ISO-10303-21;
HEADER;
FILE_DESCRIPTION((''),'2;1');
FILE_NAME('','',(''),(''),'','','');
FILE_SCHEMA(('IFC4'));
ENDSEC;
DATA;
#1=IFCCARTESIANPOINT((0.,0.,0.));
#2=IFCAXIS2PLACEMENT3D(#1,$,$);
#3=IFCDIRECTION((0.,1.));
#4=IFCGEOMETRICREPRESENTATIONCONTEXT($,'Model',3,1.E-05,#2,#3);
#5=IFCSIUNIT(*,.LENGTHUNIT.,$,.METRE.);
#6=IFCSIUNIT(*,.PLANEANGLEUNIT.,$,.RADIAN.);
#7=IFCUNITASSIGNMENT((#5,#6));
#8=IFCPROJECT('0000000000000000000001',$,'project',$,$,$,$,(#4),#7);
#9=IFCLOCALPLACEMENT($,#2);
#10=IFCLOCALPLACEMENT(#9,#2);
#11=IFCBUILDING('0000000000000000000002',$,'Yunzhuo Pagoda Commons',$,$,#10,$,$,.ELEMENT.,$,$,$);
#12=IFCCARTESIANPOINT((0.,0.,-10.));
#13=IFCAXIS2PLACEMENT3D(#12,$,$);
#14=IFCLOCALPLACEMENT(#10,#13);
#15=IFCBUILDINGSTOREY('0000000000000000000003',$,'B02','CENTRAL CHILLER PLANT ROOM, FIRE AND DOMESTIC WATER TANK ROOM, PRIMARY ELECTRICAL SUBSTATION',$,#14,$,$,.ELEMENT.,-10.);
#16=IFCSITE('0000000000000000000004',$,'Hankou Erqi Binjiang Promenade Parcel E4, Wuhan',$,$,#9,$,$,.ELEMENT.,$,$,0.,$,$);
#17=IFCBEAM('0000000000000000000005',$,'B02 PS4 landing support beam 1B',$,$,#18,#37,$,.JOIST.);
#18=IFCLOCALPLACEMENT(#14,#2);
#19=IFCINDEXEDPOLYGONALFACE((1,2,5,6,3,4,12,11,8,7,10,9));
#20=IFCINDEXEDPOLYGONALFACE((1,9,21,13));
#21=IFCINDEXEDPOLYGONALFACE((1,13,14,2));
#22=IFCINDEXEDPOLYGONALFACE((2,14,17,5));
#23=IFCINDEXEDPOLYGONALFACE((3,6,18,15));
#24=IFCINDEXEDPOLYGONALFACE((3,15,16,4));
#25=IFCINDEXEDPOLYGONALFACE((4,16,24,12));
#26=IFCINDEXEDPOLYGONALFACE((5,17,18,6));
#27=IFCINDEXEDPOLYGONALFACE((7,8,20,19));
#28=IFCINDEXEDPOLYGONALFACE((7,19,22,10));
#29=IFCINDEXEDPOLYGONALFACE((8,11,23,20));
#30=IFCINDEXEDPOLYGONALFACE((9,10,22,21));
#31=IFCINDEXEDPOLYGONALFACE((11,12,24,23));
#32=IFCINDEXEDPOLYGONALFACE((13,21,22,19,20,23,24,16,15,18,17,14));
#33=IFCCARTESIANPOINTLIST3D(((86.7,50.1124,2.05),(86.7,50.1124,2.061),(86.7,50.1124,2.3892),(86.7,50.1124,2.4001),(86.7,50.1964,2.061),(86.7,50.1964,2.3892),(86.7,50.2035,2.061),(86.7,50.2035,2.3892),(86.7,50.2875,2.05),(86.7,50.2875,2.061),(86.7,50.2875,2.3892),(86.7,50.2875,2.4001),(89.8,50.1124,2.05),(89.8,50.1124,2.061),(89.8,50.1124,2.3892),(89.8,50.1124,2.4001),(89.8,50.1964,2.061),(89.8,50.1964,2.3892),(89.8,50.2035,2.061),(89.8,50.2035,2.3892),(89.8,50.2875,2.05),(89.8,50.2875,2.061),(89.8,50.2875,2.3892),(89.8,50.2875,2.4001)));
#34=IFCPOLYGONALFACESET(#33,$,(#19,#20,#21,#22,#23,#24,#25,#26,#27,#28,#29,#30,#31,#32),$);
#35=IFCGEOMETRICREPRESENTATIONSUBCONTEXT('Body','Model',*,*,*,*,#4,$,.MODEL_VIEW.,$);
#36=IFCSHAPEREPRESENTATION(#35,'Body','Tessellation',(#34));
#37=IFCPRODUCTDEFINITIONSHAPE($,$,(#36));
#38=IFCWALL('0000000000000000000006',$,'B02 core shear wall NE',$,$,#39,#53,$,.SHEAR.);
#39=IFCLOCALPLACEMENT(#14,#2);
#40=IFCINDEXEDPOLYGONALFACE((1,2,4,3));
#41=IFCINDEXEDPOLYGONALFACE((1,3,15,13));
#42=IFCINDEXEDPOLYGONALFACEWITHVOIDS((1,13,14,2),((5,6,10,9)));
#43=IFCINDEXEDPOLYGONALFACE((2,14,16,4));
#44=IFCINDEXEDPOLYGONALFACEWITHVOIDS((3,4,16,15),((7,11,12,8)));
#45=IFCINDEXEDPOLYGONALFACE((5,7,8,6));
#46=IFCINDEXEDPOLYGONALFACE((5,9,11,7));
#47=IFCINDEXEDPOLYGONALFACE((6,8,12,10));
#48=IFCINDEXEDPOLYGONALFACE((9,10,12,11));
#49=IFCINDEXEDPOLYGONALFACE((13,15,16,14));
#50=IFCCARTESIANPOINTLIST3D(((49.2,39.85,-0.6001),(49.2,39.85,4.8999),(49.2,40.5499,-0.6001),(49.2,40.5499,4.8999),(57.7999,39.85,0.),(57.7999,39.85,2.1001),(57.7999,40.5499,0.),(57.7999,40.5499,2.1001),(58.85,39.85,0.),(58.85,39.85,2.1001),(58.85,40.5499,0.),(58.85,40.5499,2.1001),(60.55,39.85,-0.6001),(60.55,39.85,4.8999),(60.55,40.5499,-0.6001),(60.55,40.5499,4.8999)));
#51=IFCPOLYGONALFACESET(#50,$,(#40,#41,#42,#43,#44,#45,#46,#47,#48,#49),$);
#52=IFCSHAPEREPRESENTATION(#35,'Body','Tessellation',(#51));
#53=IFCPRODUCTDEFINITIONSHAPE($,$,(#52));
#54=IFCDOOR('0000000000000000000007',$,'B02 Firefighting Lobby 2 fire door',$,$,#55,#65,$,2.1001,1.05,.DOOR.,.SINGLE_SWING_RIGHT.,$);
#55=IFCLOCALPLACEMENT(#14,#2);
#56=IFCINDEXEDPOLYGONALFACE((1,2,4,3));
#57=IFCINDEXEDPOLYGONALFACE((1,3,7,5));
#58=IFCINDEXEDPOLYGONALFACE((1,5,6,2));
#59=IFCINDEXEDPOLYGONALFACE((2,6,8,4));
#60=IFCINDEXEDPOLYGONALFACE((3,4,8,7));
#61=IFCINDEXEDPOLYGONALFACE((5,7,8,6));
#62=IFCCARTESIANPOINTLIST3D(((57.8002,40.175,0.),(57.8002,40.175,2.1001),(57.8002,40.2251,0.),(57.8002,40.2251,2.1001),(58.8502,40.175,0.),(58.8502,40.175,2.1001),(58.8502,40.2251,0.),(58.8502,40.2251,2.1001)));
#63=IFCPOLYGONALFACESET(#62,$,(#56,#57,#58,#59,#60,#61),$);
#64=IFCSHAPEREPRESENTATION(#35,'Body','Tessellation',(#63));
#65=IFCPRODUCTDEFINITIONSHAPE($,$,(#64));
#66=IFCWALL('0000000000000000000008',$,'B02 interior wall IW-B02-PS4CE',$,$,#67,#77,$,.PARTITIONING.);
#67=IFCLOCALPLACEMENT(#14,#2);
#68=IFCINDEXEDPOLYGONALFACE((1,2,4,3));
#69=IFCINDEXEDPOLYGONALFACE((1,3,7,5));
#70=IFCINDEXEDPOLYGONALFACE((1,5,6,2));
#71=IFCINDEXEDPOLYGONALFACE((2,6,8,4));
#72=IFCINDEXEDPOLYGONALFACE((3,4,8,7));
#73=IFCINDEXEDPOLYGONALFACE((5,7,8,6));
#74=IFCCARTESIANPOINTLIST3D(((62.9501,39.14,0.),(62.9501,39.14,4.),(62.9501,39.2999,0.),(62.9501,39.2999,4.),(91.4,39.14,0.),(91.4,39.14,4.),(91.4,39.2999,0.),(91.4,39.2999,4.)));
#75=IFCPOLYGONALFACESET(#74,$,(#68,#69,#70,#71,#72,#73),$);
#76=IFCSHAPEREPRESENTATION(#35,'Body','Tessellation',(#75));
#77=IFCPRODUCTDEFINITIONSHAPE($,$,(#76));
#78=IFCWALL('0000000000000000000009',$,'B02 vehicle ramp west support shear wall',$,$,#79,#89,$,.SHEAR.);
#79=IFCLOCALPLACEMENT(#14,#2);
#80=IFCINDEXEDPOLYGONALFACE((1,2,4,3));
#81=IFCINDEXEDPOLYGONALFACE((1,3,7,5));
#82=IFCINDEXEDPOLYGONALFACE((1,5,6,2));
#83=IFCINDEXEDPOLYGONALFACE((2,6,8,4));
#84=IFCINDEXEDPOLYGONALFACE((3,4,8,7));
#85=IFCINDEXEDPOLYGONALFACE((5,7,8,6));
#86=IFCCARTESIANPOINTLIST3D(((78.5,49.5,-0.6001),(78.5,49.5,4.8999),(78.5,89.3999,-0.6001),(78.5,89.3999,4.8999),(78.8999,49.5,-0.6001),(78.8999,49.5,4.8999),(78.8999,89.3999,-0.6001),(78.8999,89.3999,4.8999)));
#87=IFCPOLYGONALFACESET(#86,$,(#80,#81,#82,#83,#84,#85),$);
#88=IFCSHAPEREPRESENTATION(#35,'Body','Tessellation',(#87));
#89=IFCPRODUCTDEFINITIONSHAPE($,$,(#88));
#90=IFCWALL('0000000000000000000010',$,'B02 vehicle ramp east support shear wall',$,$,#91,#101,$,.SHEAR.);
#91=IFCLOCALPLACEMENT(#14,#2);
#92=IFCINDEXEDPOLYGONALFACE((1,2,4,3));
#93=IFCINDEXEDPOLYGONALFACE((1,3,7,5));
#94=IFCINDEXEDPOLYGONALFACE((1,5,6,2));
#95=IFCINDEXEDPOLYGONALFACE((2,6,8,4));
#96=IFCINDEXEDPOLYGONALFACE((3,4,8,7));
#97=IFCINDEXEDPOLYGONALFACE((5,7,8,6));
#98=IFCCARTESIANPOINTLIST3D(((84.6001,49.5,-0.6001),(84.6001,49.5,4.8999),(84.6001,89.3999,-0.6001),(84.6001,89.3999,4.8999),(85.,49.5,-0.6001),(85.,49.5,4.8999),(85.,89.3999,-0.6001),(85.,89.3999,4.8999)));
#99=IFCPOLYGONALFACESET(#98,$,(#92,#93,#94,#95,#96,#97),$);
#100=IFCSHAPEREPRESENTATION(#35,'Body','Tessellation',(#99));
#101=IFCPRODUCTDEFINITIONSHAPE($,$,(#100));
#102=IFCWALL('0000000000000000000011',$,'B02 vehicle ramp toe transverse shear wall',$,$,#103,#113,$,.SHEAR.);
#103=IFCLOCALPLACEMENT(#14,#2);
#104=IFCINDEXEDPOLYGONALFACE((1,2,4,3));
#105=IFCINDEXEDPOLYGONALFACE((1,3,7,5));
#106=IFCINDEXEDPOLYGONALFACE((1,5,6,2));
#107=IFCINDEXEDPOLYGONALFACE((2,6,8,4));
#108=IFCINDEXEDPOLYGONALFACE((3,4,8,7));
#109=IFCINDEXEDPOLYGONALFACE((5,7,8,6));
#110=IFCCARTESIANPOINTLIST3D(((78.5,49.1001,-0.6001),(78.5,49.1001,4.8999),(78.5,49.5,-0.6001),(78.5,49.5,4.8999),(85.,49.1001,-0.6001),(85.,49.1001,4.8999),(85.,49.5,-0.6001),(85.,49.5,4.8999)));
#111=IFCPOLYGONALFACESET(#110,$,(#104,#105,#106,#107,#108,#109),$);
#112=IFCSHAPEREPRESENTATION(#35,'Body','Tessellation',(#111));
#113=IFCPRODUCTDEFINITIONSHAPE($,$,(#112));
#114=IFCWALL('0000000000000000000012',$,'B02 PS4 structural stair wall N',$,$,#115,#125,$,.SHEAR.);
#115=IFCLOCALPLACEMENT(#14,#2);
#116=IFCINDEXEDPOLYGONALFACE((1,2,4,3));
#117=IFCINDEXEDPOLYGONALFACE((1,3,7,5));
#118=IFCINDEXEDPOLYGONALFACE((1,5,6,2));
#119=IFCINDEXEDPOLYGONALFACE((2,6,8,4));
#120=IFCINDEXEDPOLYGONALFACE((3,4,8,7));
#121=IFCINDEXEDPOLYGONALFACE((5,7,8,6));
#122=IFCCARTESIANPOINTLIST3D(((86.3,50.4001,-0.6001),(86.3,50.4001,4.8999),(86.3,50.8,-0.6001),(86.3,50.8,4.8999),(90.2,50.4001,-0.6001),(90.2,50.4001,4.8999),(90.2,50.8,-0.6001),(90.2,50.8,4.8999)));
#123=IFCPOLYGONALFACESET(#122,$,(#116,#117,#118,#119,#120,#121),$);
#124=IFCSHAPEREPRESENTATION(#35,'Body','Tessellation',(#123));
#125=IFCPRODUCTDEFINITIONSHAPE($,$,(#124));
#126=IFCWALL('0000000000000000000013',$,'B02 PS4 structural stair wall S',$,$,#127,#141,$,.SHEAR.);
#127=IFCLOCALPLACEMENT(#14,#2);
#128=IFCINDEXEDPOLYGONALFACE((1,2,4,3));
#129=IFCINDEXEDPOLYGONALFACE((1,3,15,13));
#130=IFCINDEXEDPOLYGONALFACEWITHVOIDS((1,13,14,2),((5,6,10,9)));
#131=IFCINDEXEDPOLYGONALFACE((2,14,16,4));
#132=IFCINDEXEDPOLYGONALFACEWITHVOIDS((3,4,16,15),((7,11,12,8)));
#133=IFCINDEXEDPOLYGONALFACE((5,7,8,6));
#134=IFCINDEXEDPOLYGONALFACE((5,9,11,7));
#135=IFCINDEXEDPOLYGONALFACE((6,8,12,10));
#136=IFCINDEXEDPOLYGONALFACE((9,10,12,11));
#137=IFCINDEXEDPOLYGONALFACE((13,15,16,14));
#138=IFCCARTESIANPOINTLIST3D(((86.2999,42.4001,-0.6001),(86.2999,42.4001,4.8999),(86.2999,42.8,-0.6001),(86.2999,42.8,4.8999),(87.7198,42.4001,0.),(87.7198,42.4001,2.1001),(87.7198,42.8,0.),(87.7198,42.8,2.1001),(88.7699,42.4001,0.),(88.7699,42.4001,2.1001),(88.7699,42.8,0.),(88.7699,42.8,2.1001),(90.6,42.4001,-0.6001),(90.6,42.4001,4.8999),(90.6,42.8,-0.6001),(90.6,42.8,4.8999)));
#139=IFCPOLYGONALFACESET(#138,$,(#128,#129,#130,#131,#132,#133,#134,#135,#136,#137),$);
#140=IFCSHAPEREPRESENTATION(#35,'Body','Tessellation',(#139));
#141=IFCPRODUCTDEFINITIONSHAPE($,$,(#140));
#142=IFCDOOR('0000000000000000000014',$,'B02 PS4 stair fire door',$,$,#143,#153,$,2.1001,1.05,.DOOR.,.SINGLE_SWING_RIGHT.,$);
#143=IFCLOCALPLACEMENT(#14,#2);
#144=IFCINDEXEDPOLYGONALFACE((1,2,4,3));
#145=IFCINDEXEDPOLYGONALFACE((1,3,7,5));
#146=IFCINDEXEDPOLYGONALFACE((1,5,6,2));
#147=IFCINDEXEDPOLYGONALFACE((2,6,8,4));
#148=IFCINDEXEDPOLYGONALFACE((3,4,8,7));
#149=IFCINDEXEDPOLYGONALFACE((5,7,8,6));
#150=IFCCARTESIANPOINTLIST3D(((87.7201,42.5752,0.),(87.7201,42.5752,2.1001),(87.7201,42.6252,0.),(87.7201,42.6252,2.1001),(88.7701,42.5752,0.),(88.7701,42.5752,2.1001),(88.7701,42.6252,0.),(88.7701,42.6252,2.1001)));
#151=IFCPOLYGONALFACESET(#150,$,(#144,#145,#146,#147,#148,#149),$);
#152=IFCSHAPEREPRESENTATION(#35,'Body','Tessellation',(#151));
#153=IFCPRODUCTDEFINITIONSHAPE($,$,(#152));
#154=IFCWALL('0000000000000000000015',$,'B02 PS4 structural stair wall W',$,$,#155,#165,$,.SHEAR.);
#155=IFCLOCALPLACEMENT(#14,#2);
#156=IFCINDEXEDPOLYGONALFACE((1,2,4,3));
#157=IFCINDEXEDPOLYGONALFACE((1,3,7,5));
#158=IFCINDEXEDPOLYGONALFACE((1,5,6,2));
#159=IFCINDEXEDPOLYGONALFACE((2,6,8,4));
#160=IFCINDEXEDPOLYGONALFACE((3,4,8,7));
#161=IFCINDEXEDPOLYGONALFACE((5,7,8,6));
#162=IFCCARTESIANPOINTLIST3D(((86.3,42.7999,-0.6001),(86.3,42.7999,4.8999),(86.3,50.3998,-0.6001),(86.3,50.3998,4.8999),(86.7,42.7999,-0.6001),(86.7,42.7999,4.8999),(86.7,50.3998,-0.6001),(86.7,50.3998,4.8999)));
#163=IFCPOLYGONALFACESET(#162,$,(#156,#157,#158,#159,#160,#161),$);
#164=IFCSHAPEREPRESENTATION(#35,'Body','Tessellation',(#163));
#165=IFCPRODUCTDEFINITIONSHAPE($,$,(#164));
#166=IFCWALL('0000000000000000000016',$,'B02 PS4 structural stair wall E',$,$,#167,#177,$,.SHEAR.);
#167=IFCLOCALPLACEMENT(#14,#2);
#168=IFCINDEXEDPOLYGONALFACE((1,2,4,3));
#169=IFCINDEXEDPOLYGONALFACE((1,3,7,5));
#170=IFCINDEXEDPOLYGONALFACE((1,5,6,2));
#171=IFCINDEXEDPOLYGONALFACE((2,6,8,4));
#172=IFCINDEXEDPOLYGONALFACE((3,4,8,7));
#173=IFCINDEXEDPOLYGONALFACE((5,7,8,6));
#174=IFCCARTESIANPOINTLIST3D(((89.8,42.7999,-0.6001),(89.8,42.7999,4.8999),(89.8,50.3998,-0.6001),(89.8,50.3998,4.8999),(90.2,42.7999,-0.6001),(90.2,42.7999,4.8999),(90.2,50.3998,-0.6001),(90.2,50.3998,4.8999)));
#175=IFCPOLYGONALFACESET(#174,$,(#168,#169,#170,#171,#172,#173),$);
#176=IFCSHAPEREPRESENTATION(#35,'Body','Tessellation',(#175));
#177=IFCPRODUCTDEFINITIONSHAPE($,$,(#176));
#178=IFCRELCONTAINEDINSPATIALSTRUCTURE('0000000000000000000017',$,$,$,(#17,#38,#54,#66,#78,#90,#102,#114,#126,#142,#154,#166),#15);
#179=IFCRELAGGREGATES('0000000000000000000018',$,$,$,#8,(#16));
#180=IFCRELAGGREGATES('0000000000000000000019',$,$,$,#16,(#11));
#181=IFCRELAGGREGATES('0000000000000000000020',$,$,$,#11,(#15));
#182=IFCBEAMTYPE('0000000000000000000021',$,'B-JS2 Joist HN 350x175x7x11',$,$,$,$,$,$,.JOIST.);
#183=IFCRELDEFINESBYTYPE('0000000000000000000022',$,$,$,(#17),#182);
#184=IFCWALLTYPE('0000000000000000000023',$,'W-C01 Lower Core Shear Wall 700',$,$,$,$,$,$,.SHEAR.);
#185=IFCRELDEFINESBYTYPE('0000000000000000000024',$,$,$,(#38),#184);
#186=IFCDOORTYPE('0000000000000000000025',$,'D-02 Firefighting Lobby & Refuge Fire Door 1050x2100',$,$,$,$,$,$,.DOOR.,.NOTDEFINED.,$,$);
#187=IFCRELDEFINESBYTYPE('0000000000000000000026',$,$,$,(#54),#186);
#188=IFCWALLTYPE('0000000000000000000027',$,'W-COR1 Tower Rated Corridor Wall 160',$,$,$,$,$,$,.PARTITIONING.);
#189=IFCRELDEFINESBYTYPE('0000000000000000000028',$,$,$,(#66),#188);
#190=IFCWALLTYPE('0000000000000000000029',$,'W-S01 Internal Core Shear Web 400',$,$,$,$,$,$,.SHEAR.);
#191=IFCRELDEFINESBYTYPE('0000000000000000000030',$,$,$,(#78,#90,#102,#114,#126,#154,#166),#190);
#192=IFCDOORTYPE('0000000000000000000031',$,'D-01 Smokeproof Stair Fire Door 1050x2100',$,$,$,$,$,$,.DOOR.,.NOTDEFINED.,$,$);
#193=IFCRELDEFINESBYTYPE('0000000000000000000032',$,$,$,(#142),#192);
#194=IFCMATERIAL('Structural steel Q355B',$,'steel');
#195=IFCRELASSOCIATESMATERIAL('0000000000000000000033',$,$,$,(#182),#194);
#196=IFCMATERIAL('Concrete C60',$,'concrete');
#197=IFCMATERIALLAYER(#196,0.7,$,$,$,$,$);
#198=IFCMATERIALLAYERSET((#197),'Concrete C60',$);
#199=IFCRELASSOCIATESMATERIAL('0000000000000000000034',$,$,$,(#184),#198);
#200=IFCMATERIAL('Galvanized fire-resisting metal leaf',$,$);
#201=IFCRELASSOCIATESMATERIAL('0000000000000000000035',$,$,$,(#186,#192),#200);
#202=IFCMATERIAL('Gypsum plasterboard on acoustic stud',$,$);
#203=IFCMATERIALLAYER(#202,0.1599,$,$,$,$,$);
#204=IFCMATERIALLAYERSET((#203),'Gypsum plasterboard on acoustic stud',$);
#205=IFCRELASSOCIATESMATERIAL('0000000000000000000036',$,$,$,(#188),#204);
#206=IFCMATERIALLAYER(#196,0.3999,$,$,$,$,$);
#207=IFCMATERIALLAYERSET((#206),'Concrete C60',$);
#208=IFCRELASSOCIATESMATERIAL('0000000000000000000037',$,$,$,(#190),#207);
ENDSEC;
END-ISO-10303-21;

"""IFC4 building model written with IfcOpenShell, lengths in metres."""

from ifc_helpers import new_model, si_unit, direction, frame, frame_2d, origin, origin_2d, place, context, subcontext, project, spatial, rectangle, i_section, extrude, source, transform, mapped, material, layer, layer_set, material_profile, profile_set, type_object, element, fill, save


model = new_model("IFC4")

# Units and contexts
model_context = context("Model", 3, precision=1e-05, world=origin(), true_north=direction((0.0, 1.0)))
body_context = subcontext(model_context, "Body", "Model", "MODEL_VIEW")
ifc_project = project(units=[si_unit("LENGTHUNIT", "METRE"), si_unit("PLANEANGLEUNIT", "RADIAN")], contexts=[model_context])

# Site, building, storey
site_placement = place(None, origin())
site = spatial("IfcSite", under=ifc_project, at=site_placement, Name="Hankou Erqi Binjiang Promenade Parcel E4, Wuhan", CompositionType="ELEMENT", RefElevation=0.0)
building_placement = place(site_placement, origin())
building = spatial("IfcBuilding", under=site, at=building_placement, Name="Yunzhuo Pagoda Commons", CompositionType="ELEMENT")
storey_placement = place(building_placement, frame((0.0, 0.0, -10.0)))
storey = spatial("IfcBuildingStorey", under=building, at=storey_placement, Name="B02", Description="CENTRAL CHILLER PLANT ROOM, FIRE AND DOMESTIC WATER TANK ROOM, PRIMARY ELECTRICAL SUBSTATION", CompositionType="ELEMENT", Elevation=-10.0)

# Beam
ifc_material_1 = material(Name="Structural steel Q355B", Category="steel")
ifc_material_profile_1 = material_profile(ifc_material_1, i_section(OverallWidth=0.175, OverallDepth=0.3501, WebThickness=0.0071, FlangeThickness=0.011, at=origin_2d()), Name="Structural steel Q355B")
ifc_profile_set_1 = profile_set([ifc_material_profile_1], Name="Structural steel Q355B")
beam_type = type_object("IfcBeamType", Name="B-JS2 Joist HN 350x175x7x11", PredefinedType="JOIST", material=ifc_profile_set_1)
shared_shape_1 = source(origin(), body_context, "Body", "SweptSolid", [
    extrude(i_section(OverallWidth=0.175, OverallDepth=0.3501, WebThickness=0.0071, FlangeThickness=0.011, at=origin_2d()), origin(), (0.0, 0.0, 1.0), 3.1001),
])
for number, where, z_axis, x_axis, name in (
    (1, (86.7, 50.2, 2.2251), (1.0, 0.0, 0.0), (0.0, 1.0, 0.0), "B02 PS4 landing support beam 1B"),
):
    element("IfcBeam", number, at=place(storey_placement, frame(where, z_axis=z_axis, x_axis=x_axis)), inside=storey, type_object=beam_type, Name=name, PredefinedType="JOIST", context=body_context, shape_type="MappedRepresentation", body=[
        mapped(shared_shape_1, transform((0.0, 0.0, 0.0), scale=1.0)),
    ])

# Wall, opening, door
ifc_material_2 = material(Name="Concrete C60", Category="concrete")
ifc_layer_1 = layer(ifc_material_2, 0.7)
ifc_layer_set_1 = layer_set([ifc_layer_1], Name="Concrete C60")
wall_type_1 = type_object("IfcWallType", Name="W-C01 Lower Core Shear Wall 700", PredefinedType="SHEAR", material=ifc_layer_set_1)
wall_1_placement = place(storey_placement, frame((49.2, 40.2, -0.6001), z_axis=(0.0, 0.0, 1.0), x_axis=(1.0, 0.0, 0.0)))
wall_1 = element("IfcWall", 2, at=wall_1_placement, inside=storey, type_object=wall_type_1, Name="B02 core shear wall NE", PredefinedType="SHEAR", context=body_context, shape_type="SweptSolid", body=[
    extrude(rectangle(XDim=11.3501, YDim=0.7, at=frame_2d((5.675, 0.0))), origin(), (0.0, 0.0, 1.0), 5.5),
])
opening_1_placement = place(wall_1_placement, frame((8.6001, 0.0, 0.6001)))
opening_1 = element("IfcOpeningElement", 3, at=opening_1_placement, cuts=wall_1, PredefinedType="OPENING", context=body_context, shape_type="SweptSolid", body=[
    extrude(rectangle(XDim=1.05, YDim=2.1001, at=frame_2d((0.5249, 1.05))), frame((0.0, 0.3599, 0.0), z_axis=(0.0, -1.0, 0.0), x_axis=(1.0, 0.0, 0.0)), (0.0, 0.0, 1.0), 0.72),
])
ifc_material_3 = material(Name="Galvanized fire-resisting metal leaf")
door_type_1 = type_object("IfcDoorType", Name="D-02 Firefighting Lobby & Refuge Fire Door 1050x2100", OperationType="NOTDEFINED", PredefinedType="DOOR", material=ifc_material_3)
shared_shape_2 = source(origin(), body_context, "Body", "SweptSolid", [
    extrude(rectangle(XDim=1.05, YDim=2.1001, at=frame_2d((0.5249, 1.05))), frame((0.0, 0.0249, 0.0), z_axis=(0.0, -1.0, 0.0), x_axis=(1.0, 0.0, 0.0)), (0.0, 0.0, 1.0), 0.05),
])
door_1_placement = place(opening_1_placement, frame((1.05, 0.0, 0.0), z_axis=(0.0, 0.0, 1.0), x_axis=(-1.0, 0.0, 0.0)))
door_1 = element("IfcDoor", 4, at=door_1_placement, inside=storey, type_object=door_type_1, Name="B02 Firefighting Lobby 2 fire door", OperationType="SINGLE_SWING_RIGHT", OverallHeight=2.1001, OverallWidth=1.05, PredefinedType="DOOR", context=body_context, shape_type="MappedRepresentation", body=[
    mapped(shared_shape_2, transform((0.0, 0.0, 0.0), scale=1.0)),
])
fill(opening_1, door_1)

# Walls
ifc_material_4 = material(Name="Gypsum plasterboard on acoustic stud")
ifc_layer_2 = layer(ifc_material_4, 0.1599)
ifc_layer_set_2 = layer_set([ifc_layer_2], Name="Gypsum plasterboard on acoustic stud")
wall_type_2 = type_object("IfcWallType", Name="W-COR1 Tower Rated Corridor Wall 160", PredefinedType="PARTITIONING", material=ifc_layer_set_2)
wall_2_placement = place(storey_placement, frame((62.95, 39.22, 0.0), z_axis=(0.0, 0.0, 1.0), x_axis=(1.0, 0.0, 0.0)))
element("IfcWall", 5, at=wall_2_placement, inside=storey, type_object=wall_type_2, Name="B02 interior wall IW-B02-PS4CE", PredefinedType="PARTITIONING", context=body_context, shape_type="SweptSolid", body=[
    extrude(rectangle(XDim=28.45, YDim=0.1599, at=frame_2d((14.2251, 0.0))), origin(), (0.0, 0.0, 1.0), 4.0),
])
ifc_layer_3 = layer(ifc_material_2, 0.3999)
ifc_layer_set_3 = layer_set([ifc_layer_3], Name="Concrete C60")
wall_type_3 = type_object("IfcWallType", Name="W-S01 Internal Core Shear Web 400", PredefinedType="SHEAR", material=ifc_layer_set_3)
for number, where, z_axis, x_axis, name in (
    (6, (78.7, 49.5, -0.6001), (0.0, 0.0, 1.0), (0.0, 1.0, 0.0), "B02 vehicle ramp west support shear wall"),
    (7, (84.8, 49.5, -0.6001), (0.0, 0.0, 1.0), (0.0, 1.0, 0.0), "B02 vehicle ramp east support shear wall"),
):
    element("IfcWall", number, at=place(storey_placement, frame(where, z_axis=z_axis, x_axis=x_axis)), inside=storey, type_object=wall_type_3, Name=name, PredefinedType="SHEAR", context=body_context, shape_type="SweptSolid", body=[
        extrude(rectangle(XDim=39.8999, YDim=0.3999, at=frame_2d((19.95, 0.0))), origin(), (0.0, 0.0, 1.0), 5.5),
    ])
wall_3_placement = place(storey_placement, frame((78.5, 49.3, -0.6001), z_axis=(0.0, 0.0, 1.0), x_axis=(1.0, 0.0, 0.0)))
element("IfcWall", 8, at=wall_3_placement, inside=storey, type_object=wall_type_3, Name="B02 vehicle ramp toe transverse shear wall", PredefinedType="SHEAR", context=body_context, shape_type="SweptSolid", body=[
    extrude(rectangle(XDim=6.5, YDim=0.3999, at=frame_2d((3.25, 0.0))), origin(), (0.0, 0.0, 1.0), 5.5),
])
wall_4_placement = place(storey_placement, frame((86.3, 50.6001, -0.6001), z_axis=(0.0, 0.0, 1.0), x_axis=(1.0, 0.0, 0.0)))
element("IfcWall", 9, at=wall_4_placement, inside=storey, type_object=wall_type_3, Name="B02 PS4 structural stair wall N", PredefinedType="SHEAR", context=body_context, shape_type="SweptSolid", body=[
    extrude(rectangle(XDim=3.8999, YDim=0.3999, at=frame_2d((1.95, 0.0))), origin(), (0.0, 0.0, 1.0), 5.5),
])

# Wall, opening, door
wall_5_placement = place(storey_placement, frame((86.3, 42.6001, -0.6001), z_axis=(0.0, 0.0, 1.0), x_axis=(1.0, 0.0, 0.0)))
wall_5 = element("IfcWall", 10, at=wall_5_placement, inside=storey, type_object=wall_type_3, Name="B02 PS4 structural stair wall S", PredefinedType="SHEAR", context=body_context, shape_type="SweptSolid", body=[
    extrude(rectangle(XDim=4.3, YDim=0.3999, at=frame_2d((2.1499, 0.0))), origin(), (0.0, 0.0, 1.0), 5.5),
])
opening_2_placement = place(wall_5_placement, frame((1.4199, 0.0, 0.6001)))
opening_2 = element("IfcOpeningElement", 11, at=opening_2_placement, cuts=wall_5, PredefinedType="OPENING", context=body_context, shape_type="SweptSolid", body=[
    extrude(rectangle(XDim=1.05, YDim=2.1001, at=frame_2d((0.5249, 1.05))), frame((0.0, 0.21, 0.0), z_axis=(0.0, -1.0, 0.0), x_axis=(1.0, 0.0, 0.0)), (0.0, 0.0, 1.0), 0.4199),
])
door_type_2 = type_object("IfcDoorType", Name="D-01 Smokeproof Stair Fire Door 1050x2100", OperationType="NOTDEFINED", PredefinedType="DOOR", material=ifc_material_3)
door_2_placement = place(opening_2_placement, frame((1.05, 0.0, 0.0), z_axis=(0.0, 0.0, 1.0), x_axis=(-1.0, 0.0, 0.0)))
door_2 = element("IfcDoor", 12, at=door_2_placement, inside=storey, type_object=door_type_2, Name="B02 PS4 stair fire door", OperationType="SINGLE_SWING_RIGHT", OverallHeight=2.1001, OverallWidth=1.05, PredefinedType="DOOR", context=body_context, shape_type="MappedRepresentation", body=[
    mapped(shared_shape_2, transform((0.0, 0.0, 0.0), scale=1.0)),
])
fill(opening_2, door_2)

# Walls
for number, where, z_axis, x_axis, name in (
    (13, (86.5, 42.8, -0.6001), (0.0, 0.0, 1.0), (0.0, 1.0, 0.0), "B02 PS4 structural stair wall W"),
    (14, (90.0, 42.8, -0.6001), (0.0, 0.0, 1.0), (0.0, 1.0, 0.0), "B02 PS4 structural stair wall E"),
):
    element("IfcWall", number, at=place(storey_placement, frame(where, z_axis=z_axis, x_axis=x_axis)), inside=storey, type_object=wall_type_3, Name=name, PredefinedType="SHEAR", context=body_context, shape_type="SweptSolid", body=[
        extrude(rectangle(XDim=7.5999, YDim=0.3999, at=frame_2d((3.7998, 0.0))), origin(), (0.0, 0.0, 1.0), 5.5),
    ])

save(model, "model.ifc")
